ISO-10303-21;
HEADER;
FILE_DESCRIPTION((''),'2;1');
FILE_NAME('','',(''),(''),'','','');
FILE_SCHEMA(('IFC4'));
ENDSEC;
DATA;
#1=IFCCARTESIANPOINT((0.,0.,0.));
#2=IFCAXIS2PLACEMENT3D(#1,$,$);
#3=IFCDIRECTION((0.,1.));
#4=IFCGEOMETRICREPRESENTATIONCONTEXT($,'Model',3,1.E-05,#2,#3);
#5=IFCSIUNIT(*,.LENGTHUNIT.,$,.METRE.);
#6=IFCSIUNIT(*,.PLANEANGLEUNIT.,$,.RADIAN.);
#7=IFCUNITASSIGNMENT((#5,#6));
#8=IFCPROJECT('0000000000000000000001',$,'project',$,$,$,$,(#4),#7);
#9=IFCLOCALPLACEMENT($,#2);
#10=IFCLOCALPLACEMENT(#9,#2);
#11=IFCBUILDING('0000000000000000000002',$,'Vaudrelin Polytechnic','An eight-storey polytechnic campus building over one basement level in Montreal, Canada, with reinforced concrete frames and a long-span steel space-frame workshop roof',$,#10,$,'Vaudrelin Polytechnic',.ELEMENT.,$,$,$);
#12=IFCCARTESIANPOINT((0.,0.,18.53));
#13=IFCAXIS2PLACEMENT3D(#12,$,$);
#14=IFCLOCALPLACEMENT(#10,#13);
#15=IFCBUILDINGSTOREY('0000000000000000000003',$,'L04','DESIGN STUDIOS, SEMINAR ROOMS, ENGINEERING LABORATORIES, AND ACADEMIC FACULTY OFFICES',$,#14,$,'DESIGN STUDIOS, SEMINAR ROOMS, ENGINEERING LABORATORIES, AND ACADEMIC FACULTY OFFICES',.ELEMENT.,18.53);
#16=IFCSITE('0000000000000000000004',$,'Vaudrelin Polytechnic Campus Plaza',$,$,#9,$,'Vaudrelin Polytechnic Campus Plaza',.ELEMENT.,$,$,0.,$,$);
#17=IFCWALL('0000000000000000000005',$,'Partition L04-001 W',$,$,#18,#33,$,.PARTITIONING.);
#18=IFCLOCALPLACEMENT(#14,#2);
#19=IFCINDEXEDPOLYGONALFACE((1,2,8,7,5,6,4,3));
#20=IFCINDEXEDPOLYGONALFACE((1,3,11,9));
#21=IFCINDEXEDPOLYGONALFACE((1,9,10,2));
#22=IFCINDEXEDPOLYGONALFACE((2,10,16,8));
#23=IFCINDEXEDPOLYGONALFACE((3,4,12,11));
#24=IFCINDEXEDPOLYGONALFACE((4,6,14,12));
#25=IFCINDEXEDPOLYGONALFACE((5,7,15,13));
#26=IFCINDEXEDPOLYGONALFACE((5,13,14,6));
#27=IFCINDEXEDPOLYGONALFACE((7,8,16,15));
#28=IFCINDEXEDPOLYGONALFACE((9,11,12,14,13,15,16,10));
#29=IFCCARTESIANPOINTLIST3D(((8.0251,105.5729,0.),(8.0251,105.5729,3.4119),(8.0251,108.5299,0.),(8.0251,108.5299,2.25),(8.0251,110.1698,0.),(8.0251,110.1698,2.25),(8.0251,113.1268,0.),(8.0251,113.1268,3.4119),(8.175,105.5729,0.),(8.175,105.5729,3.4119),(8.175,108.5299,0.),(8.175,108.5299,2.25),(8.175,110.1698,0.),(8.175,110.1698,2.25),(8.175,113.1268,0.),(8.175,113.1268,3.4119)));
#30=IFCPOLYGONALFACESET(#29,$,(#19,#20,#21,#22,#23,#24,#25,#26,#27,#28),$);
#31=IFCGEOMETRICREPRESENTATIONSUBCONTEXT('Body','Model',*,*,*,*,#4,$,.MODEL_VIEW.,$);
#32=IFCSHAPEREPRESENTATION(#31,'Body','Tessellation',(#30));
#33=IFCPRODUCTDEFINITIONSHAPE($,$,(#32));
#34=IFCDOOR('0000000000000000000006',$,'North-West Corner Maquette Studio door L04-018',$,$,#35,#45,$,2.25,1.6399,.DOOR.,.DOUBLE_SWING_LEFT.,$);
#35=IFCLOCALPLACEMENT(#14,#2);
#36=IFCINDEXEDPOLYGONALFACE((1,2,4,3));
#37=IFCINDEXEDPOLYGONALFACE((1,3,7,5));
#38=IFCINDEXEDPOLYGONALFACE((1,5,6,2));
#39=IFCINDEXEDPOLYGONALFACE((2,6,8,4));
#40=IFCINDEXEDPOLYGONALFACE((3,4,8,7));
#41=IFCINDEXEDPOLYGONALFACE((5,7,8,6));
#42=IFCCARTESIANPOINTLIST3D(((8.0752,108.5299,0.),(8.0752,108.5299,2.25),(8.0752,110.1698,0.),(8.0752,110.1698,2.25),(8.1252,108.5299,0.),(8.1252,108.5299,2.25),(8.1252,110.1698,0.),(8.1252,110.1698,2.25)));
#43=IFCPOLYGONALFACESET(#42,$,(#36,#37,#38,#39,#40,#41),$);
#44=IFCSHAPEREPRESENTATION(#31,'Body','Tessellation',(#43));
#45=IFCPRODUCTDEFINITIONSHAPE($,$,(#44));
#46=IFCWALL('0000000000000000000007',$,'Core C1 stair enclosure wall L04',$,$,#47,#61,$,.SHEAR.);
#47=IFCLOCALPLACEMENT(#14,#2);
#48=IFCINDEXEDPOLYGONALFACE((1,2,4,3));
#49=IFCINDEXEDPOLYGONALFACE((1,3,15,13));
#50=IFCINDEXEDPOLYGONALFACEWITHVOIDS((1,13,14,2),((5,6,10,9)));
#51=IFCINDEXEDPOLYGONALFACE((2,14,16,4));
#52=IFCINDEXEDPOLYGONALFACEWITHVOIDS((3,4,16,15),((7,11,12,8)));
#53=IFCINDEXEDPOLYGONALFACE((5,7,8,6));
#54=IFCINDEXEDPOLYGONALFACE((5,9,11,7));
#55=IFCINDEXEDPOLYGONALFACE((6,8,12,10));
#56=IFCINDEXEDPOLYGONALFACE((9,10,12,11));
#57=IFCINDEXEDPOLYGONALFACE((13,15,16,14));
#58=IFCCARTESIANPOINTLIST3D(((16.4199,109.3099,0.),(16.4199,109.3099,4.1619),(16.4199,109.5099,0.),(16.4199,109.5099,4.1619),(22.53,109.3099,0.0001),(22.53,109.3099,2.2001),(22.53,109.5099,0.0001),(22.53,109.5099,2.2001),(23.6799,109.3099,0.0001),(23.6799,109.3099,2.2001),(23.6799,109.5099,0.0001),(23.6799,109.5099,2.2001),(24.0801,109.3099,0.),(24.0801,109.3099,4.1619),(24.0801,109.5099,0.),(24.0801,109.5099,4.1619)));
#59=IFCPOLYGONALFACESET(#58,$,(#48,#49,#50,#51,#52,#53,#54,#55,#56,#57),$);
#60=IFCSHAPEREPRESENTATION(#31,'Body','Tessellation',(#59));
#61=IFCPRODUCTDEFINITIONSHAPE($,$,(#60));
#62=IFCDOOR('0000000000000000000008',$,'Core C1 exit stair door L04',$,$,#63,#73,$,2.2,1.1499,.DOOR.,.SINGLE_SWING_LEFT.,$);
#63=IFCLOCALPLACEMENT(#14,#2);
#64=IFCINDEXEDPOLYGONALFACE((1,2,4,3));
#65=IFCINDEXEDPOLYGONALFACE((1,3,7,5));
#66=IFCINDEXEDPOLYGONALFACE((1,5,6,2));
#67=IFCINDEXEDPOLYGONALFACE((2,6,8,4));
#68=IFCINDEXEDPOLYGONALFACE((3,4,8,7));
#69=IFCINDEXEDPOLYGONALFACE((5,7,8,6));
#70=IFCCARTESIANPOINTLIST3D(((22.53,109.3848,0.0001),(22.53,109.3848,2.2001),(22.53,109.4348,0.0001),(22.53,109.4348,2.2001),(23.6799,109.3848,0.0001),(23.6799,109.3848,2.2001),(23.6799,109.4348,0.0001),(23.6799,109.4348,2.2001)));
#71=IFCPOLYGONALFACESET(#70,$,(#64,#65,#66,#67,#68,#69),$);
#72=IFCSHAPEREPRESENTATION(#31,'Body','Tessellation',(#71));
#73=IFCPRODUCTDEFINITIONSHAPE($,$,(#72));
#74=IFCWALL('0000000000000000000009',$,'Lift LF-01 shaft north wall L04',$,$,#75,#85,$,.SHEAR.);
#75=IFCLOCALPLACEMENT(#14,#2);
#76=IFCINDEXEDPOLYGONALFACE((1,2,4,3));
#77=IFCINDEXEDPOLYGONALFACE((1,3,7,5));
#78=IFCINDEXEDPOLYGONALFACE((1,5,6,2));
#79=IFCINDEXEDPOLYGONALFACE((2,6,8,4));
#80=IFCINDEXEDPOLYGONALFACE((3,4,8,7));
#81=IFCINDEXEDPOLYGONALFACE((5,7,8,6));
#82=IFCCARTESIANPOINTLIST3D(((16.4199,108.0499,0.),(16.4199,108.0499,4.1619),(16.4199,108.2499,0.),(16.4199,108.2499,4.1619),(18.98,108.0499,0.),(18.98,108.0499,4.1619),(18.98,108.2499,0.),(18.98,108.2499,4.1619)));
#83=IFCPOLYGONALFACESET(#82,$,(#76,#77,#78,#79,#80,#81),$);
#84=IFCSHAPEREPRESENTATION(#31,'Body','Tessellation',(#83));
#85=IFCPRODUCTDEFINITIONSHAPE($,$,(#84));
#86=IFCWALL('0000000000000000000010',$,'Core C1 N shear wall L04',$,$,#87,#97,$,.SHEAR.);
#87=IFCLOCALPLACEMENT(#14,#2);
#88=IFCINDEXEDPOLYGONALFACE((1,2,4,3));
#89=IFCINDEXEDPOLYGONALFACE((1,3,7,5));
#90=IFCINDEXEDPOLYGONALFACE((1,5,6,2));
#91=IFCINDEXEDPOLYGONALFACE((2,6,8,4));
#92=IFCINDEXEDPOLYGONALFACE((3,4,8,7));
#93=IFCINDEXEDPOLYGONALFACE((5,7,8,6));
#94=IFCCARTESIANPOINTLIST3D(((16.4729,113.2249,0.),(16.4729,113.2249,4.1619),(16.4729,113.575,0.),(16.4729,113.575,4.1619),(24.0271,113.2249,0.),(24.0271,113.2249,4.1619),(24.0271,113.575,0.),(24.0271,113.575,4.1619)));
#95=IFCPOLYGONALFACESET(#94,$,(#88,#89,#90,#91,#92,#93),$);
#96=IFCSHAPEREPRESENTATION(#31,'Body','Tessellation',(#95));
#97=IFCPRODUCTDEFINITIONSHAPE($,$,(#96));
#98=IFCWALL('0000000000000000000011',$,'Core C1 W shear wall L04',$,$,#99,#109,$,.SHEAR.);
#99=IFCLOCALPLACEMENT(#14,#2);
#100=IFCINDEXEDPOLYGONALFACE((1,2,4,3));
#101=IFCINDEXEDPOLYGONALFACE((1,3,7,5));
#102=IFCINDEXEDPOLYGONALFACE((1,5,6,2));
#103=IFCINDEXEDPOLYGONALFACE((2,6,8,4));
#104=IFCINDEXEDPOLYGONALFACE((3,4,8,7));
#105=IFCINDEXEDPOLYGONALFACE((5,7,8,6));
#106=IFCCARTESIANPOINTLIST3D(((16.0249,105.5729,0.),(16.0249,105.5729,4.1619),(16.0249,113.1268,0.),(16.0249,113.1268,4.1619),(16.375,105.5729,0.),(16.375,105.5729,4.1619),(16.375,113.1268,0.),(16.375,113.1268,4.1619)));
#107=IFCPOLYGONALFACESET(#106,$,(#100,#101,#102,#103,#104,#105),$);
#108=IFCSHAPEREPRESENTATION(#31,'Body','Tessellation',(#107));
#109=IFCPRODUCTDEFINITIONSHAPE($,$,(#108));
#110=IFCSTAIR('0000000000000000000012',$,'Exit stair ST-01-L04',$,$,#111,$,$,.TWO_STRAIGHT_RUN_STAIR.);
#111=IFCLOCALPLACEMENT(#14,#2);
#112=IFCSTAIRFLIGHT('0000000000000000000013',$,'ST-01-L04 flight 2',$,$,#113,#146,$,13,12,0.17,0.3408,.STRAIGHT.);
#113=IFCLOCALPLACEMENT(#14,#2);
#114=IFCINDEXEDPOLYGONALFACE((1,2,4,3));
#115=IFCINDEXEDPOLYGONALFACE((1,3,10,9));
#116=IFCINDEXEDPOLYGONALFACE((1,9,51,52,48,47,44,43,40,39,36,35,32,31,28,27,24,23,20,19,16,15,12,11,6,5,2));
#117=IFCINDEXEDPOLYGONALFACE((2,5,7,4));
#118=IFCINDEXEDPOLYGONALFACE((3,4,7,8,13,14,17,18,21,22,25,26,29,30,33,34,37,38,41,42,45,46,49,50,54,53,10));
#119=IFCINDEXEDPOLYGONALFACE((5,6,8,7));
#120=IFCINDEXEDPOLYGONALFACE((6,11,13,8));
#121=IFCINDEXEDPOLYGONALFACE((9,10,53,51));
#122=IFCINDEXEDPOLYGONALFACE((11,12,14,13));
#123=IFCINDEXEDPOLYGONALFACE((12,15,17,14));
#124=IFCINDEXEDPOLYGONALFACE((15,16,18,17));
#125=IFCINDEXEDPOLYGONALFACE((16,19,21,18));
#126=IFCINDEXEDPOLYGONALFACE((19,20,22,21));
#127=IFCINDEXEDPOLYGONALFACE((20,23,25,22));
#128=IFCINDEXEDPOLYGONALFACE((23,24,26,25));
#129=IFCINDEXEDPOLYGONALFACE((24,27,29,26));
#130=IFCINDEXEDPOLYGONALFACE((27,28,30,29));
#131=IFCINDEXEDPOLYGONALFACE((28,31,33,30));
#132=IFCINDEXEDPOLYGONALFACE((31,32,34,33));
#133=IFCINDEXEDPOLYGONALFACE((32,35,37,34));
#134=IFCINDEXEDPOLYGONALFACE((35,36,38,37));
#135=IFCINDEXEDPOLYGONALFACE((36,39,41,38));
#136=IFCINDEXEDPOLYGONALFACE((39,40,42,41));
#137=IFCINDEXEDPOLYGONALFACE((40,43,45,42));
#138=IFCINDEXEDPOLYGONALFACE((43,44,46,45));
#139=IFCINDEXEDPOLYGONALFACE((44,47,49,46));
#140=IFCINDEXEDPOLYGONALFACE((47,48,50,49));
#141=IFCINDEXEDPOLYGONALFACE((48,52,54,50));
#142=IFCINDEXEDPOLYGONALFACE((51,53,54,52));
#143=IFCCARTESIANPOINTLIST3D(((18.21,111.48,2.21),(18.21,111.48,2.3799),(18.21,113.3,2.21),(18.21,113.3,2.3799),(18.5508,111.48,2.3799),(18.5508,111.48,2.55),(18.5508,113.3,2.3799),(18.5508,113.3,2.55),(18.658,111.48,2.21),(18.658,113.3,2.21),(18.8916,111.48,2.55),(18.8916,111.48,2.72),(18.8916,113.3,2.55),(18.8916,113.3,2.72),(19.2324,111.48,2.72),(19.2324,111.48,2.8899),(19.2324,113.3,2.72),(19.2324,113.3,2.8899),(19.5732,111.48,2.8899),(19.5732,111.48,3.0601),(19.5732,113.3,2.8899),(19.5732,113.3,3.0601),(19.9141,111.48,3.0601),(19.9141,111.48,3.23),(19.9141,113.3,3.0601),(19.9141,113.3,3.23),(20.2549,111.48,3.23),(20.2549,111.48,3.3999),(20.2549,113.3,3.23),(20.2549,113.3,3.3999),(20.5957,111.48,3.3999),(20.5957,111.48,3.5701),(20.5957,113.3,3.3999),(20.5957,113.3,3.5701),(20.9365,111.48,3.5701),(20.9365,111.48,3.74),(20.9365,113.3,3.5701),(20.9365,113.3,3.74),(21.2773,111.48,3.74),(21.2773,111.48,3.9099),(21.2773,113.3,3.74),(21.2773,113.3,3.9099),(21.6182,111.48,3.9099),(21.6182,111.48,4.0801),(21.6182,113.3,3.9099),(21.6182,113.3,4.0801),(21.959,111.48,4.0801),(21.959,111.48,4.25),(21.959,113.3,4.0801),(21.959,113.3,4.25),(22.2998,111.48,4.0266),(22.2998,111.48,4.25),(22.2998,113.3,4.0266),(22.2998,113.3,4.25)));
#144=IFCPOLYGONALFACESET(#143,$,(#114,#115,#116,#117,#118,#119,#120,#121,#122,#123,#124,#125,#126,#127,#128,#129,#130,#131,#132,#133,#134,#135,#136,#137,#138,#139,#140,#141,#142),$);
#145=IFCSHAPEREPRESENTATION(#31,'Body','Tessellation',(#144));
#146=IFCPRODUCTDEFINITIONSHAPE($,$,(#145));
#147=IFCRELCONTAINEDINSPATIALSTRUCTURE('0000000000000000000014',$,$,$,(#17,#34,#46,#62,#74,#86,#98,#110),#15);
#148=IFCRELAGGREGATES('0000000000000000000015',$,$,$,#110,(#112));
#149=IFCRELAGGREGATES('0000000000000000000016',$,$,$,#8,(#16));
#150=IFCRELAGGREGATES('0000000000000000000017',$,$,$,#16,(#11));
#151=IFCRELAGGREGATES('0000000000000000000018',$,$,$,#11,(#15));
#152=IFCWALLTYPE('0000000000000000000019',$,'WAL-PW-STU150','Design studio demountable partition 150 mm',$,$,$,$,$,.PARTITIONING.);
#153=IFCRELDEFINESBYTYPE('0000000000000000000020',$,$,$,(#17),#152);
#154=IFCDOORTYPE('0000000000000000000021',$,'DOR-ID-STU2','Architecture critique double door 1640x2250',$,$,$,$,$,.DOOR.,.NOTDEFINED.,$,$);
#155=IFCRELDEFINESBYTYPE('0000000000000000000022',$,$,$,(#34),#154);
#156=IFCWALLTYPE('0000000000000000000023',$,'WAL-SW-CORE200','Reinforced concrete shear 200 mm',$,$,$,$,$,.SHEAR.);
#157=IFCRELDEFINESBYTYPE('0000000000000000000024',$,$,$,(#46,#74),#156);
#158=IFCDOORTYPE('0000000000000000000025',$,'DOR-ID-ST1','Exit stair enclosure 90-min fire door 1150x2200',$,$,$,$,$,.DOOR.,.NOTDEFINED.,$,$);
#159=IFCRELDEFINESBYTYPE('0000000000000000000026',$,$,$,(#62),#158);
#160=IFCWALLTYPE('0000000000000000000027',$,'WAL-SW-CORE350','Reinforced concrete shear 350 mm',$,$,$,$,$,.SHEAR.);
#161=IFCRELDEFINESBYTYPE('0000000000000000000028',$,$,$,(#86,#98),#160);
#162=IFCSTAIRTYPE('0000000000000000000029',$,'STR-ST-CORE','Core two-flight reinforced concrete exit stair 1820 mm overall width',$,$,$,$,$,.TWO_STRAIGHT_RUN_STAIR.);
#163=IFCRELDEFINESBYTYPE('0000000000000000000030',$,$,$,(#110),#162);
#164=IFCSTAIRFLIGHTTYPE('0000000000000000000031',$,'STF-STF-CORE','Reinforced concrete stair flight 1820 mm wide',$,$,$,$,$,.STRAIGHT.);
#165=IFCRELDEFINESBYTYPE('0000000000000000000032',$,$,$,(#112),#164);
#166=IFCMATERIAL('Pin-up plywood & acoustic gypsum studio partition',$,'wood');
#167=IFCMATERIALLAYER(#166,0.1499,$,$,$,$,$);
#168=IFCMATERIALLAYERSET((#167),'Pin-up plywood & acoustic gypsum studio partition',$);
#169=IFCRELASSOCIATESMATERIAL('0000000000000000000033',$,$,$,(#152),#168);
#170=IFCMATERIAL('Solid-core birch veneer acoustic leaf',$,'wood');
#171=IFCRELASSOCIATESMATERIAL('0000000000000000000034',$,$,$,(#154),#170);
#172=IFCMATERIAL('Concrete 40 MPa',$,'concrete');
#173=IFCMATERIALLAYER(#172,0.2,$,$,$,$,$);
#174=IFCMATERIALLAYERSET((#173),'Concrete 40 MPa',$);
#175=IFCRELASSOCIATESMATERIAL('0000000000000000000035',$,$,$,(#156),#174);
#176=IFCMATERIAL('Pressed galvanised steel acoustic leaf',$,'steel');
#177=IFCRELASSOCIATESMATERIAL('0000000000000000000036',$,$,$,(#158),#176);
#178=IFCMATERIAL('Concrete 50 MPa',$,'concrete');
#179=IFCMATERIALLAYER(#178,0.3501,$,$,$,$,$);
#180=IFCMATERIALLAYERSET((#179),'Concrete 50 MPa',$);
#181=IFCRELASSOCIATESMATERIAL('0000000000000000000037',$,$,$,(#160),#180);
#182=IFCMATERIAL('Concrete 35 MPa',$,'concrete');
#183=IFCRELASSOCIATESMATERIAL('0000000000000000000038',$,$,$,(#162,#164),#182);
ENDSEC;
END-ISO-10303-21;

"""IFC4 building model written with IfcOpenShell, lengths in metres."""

from ifc_helpers import new_model, si_unit, direction, frame, frame_2d, origin, place, context, subcontext, project, spatial, polyline, rectangle, outline, extrude, material, layer, layer_set, type_object, element, fill, aggregate, save


model = new_model("IFC4")

# Units and contexts
model_context = context("Model", 3, precision=1e-05, world=origin(), true_north=direction((0.0, 1.0)))
body_context = subcontext(model_context, "Body", "Model", "MODEL_VIEW")
ifc_project = project(units=[si_unit("LENGTHUNIT", "METRE"), si_unit("PLANEANGLEUNIT", "RADIAN")], contexts=[model_context])

# Site, building, storey
site_placement = place(None, origin())
site = spatial("IfcSite", under=ifc_project, at=site_placement, Name="Vaudrelin Polytechnic Campus Plaza", LongName="Vaudrelin Polytechnic Campus Plaza", CompositionType="ELEMENT", RefElevation=0.0)
building_placement = place(site_placement, origin())
building = spatial("IfcBuilding", under=site, at=building_placement, Name="Vaudrelin Polytechnic", Description="An eight-storey polytechnic campus building over one basement level in Montreal, Canada, with reinforced concrete frames and a long-span steel space-frame workshop roof", LongName="Vaudrelin Polytechnic", CompositionType="ELEMENT")
storey_placement = place(building_placement, frame((0.0, 0.0, 18.53)))
storey = spatial("IfcBuildingStorey", under=building, at=storey_placement, Name="L04", Description="DESIGN STUDIOS, SEMINAR ROOMS, ENGINEERING LABORATORIES, AND ACADEMIC FACULTY OFFICES", LongName="DESIGN STUDIOS, SEMINAR ROOMS, ENGINEERING LABORATORIES, AND ACADEMIC FACULTY OFFICES", CompositionType="ELEMENT", Elevation=18.53)

# Shared definitions
ifc_material_1 = material(Name="Concrete 40 MPa", Category="concrete")

# Walls, openings, doors
ifc_material_2 = material(Name="Pin-up plywood & acoustic gypsum studio partition", Category="wood")
ifc_layer_1 = layer(ifc_material_2, 0.1499)
ifc_layer_set_1 = layer_set([ifc_layer_1], Name="Pin-up plywood & acoustic gypsum studio partition")
wall_type_1 = type_object("IfcWallType", Name="WAL-PW-STU150", Description="Design studio demountable partition 150 mm", PredefinedType="PARTITIONING", material=ifc_layer_set_1)
wall_1_placement = place(storey_placement, frame((8.1001, 105.573, 0.0), z_axis=(0.0, 0.0, 1.0), x_axis=(0.0, 1.0, 0.0)))
wall_1 = element("IfcWall", 1, at=wall_1_placement, inside=storey, type_object=wall_type_1, Name="Partition L04-001 W", PredefinedType="PARTITIONING", context=body_context, shape_type="SweptSolid", body=[
    extrude(rectangle(XDim=7.554, YDim=0.1499, at=frame_2d((3.7769, 0.0))), origin(), (0.0, 0.0, 1.0), 3.4119),
])
opening_1_placement = place(wall_1_placement, frame((2.957, 0.0, 0.0)))
opening_1 = element("IfcOpeningElement", 2, at=opening_1_placement, cuts=wall_1, PredefinedType="OPENING", context=body_context, shape_type="SweptSolid", body=[
    extrude(rectangle(XDim=1.6399, YDim=2.25, at=frame_2d((0.8198, 1.125))), frame((0.0, 0.085, 0.0), z_axis=(0.0, -1.0, 0.0), x_axis=(1.0, 0.0, 0.0)), (0.0, 0.0, 1.0), 0.1699),
])
ifc_material_3 = material(Name="Solid-core birch veneer acoustic leaf", Category="wood")
door_type_1 = type_object("IfcDoorType", Name="DOR-ID-STU2", Description="Architecture critique double door 1640x2250", OperationType="NOTDEFINED", PredefinedType="DOOR", material=ifc_material_3)
door_1_placement = place(opening_1_placement, origin())
door_1 = element("IfcDoor", 3, at=door_1_placement, inside=storey, type_object=door_type_1, Name="North-West Corner Maquette Studio door L04-018", OperationType="DOUBLE_SWING_LEFT", OverallHeight=2.25, OverallWidth=1.6399, PredefinedType="DOOR", context=body_context, shape_type="SweptSolid", body=[
    extrude(rectangle(XDim=1.6399, YDim=2.25, at=frame_2d((0.8198, 1.125))), frame((0.0, 0.0249, 0.0), z_axis=(0.0, -1.0, 0.0), x_axis=(1.0, 0.0, 0.0)), (0.0, 0.0, 1.0), 0.05),
])
fill(opening_1, door_1)
ifc_layer_2 = layer(ifc_material_1, 0.2)
ifc_layer_set_2 = layer_set([ifc_layer_2], Name="Concrete 40 MPa")
wall_type_2 = type_object("IfcWallType", Name="WAL-SW-CORE200", Description="Reinforced concrete shear 200 mm", PredefinedType="SHEAR", material=ifc_layer_set_2)
wall_2_placement = place(storey_placement, frame((16.4199, 109.4099, 0.0), z_axis=(0.0, 0.0, 1.0), x_axis=(1.0, 0.0, 0.0)))
wall_2 = element("IfcWall", 4, at=wall_2_placement, inside=storey, type_object=wall_type_2, Name="Core C1 stair enclosure wall L04", PredefinedType="SHEAR", context=body_context, shape_type="SweptSolid", body=[
    extrude(rectangle(XDim=7.6602, YDim=0.2, at=frame_2d((3.8301, 0.0))), origin(), (0.0, 0.0, 1.0), 4.1619),
])
opening_2_placement = place(wall_2_placement, frame((6.1101, 0.0, 0.0)))
opening_2 = element("IfcOpeningElement", 5, at=opening_2_placement, cuts=wall_2, PredefinedType="OPENING", context=body_context, shape_type="SweptSolid", body=[
    extrude(rectangle(XDim=1.1499, YDim=2.2, at=frame_2d((0.575, 1.1001))), frame((0.0, 0.1099, 0.0), z_axis=(0.0, -1.0, 0.0), x_axis=(1.0, 0.0, 0.0)), (0.0, 0.0, 1.0), 0.22),
])
ifc_material_4 = material(Name="Pressed galvanised steel acoustic leaf", Category="steel")
door_type_2 = type_object("IfcDoorType", Name="DOR-ID-ST1", Description="Exit stair enclosure 90-min fire door 1150x2200", OperationType="NOTDEFINED", PredefinedType="DOOR", material=ifc_material_4)
door_2_placement = place(opening_2_placement, origin())
door_2 = element("IfcDoor", 6, at=door_2_placement, inside=storey, type_object=door_type_2, Name="Core C1 exit stair door L04", OperationType="SINGLE_SWING_LEFT", OverallHeight=2.2, OverallWidth=1.1499, PredefinedType="DOOR", context=body_context, shape_type="SweptSolid", body=[
    extrude(rectangle(XDim=1.1499, YDim=2.2, at=frame_2d((0.575, 1.1001))), frame((0.0, 0.0249, 0.0), z_axis=(0.0, -1.0, 0.0), x_axis=(1.0, 0.0, 0.0)), (0.0, 0.0, 1.0), 0.05),
])
fill(opening_2, door_2)

# Walls
wall_3_placement = place(storey_placement, frame((16.4199, 108.1499, 0.0), z_axis=(0.0, 0.0, 1.0), x_axis=(1.0, 0.0, 0.0)))
element("IfcWall", 7, at=wall_3_placement, inside=storey, type_object=wall_type_2, Name="Lift LF-01 shaft north wall L04", PredefinedType="SHEAR", context=body_context, shape_type="SweptSolid", body=[
    extrude(rectangle(XDim=2.5601, YDim=0.2, at=frame_2d((1.28, 0.0))), origin(), (0.0, 0.0, 1.0), 4.1619),
])
ifc_material_5 = material(Name="Concrete 50 MPa", Category="concrete")
ifc_layer_3 = layer(ifc_material_5, 0.3501)
ifc_layer_set_3 = layer_set([ifc_layer_3], Name="Concrete 50 MPa")
wall_type_3 = type_object("IfcWallType", Name="WAL-SW-CORE350", Description="Reinforced concrete shear 350 mm", PredefinedType="SHEAR", material=ifc_layer_set_3)
wall_4_placement = place(storey_placement, frame((16.4729, 113.3999, 0.0), z_axis=(0.0, 0.0, 1.0), x_axis=(1.0, 0.0, 0.0)))
element("IfcWall", 8, at=wall_4_placement, inside=storey, type_object=wall_type_3, Name="Core C1 N shear wall L04", PredefinedType="SHEAR", context=body_context, shape_type="SweptSolid", body=[
    extrude(rectangle(XDim=7.5542, YDim=0.3501, at=frame_2d((3.7771, 0.0))), origin(), (0.0, 0.0, 1.0), 4.1619),
])
wall_5_placement = place(storey_placement, frame((16.2, 105.573, 0.0), z_axis=(0.0, 0.0, 1.0), x_axis=(0.0, 1.0, 0.0)))
element("IfcWall", 9, at=wall_5_placement, inside=storey, type_object=wall_type_3, Name="Core C1 W shear wall L04", PredefinedType="SHEAR", context=body_context, shape_type="SweptSolid", body=[
    extrude(rectangle(XDim=7.554, YDim=0.3501, at=frame_2d((3.7769, 0.0))), origin(), (0.0, 0.0, 1.0), 4.1619),
])

# Stair, stair flight
ifc_material_6 = material(Name="Concrete 35 MPa", Category="concrete")
stair_type = type_object("IfcStairType", Name="STR-ST-CORE", Description="Core two-flight reinforced concrete exit stair 1820 mm overall width", PredefinedType="TWO_STRAIGHT_RUN_STAIR", material=ifc_material_6)
stair_placement = place(storey_placement, origin())
stair = element("IfcStair", 10, at=stair_placement, inside=storey, type_object=stair_type, Name="Exit stair ST-01-L04", PredefinedType="TWO_STRAIGHT_RUN_STAIR")
stair_flight_type = type_object("IfcStairFlightType", Name="STF-STF-CORE", Description="Reinforced concrete stair flight 1820 mm wide", PredefinedType="STRAIGHT", material=ifc_material_6)
stair_flight_placement = place(storey_placement, frame((18.21, 112.3899, 2.21), z_axis=(0.0, 0.0, 1.0), x_axis=(1.0, 0.0, 0.0)))
stair_flight = element("IfcStairFlight", 11, at=stair_flight_placement, type_object=stair_flight_type, Name="ST-01-L04 flight 2", NumberOfRisers=13, NumberOfTreads=12, PredefinedType="STRAIGHT", RiserHeight=0.17, TreadLength=0.3408, context=body_context, shape_type="SweptSolid", body=[
    extrude(outline(polyline([(0.0, 0.0), (0.0, 0.1699), (0.3408, 0.1699), (0.3408, 0.3401), (0.6816, 0.3401), (0.6816, 0.51), (1.0225, 0.51), (1.0225, 0.6799), (1.3633, 0.6799), (1.3633, 0.8501), (1.7041, 0.8501), (1.7041, 1.02), (2.0449, 1.02), (2.0449, 1.1899), (2.3857, 1.1899), (2.3857, 1.3601), (2.7266, 1.3601), (2.7266, 1.53), (3.0674, 1.53), (3.0674, 1.7), (3.4082, 1.7), (3.4082, 1.8701), (3.749, 1.8701), (3.749, 2.04), (4.0898, 2.04), (4.0898, 2.21), (4.0898, 1.8167), (0.448, 0.0), (0.0, 0.0)])), frame((0.0, 0.9102, 0.0), z_axis=(0.0, -1.0, 0.0), x_axis=(1.0, 0.0, 0.0)), (0.0, 0.0, 1.0), 1.8201),
])
aggregate(stair, [stair_flight])

save(model, "model.ifc")
